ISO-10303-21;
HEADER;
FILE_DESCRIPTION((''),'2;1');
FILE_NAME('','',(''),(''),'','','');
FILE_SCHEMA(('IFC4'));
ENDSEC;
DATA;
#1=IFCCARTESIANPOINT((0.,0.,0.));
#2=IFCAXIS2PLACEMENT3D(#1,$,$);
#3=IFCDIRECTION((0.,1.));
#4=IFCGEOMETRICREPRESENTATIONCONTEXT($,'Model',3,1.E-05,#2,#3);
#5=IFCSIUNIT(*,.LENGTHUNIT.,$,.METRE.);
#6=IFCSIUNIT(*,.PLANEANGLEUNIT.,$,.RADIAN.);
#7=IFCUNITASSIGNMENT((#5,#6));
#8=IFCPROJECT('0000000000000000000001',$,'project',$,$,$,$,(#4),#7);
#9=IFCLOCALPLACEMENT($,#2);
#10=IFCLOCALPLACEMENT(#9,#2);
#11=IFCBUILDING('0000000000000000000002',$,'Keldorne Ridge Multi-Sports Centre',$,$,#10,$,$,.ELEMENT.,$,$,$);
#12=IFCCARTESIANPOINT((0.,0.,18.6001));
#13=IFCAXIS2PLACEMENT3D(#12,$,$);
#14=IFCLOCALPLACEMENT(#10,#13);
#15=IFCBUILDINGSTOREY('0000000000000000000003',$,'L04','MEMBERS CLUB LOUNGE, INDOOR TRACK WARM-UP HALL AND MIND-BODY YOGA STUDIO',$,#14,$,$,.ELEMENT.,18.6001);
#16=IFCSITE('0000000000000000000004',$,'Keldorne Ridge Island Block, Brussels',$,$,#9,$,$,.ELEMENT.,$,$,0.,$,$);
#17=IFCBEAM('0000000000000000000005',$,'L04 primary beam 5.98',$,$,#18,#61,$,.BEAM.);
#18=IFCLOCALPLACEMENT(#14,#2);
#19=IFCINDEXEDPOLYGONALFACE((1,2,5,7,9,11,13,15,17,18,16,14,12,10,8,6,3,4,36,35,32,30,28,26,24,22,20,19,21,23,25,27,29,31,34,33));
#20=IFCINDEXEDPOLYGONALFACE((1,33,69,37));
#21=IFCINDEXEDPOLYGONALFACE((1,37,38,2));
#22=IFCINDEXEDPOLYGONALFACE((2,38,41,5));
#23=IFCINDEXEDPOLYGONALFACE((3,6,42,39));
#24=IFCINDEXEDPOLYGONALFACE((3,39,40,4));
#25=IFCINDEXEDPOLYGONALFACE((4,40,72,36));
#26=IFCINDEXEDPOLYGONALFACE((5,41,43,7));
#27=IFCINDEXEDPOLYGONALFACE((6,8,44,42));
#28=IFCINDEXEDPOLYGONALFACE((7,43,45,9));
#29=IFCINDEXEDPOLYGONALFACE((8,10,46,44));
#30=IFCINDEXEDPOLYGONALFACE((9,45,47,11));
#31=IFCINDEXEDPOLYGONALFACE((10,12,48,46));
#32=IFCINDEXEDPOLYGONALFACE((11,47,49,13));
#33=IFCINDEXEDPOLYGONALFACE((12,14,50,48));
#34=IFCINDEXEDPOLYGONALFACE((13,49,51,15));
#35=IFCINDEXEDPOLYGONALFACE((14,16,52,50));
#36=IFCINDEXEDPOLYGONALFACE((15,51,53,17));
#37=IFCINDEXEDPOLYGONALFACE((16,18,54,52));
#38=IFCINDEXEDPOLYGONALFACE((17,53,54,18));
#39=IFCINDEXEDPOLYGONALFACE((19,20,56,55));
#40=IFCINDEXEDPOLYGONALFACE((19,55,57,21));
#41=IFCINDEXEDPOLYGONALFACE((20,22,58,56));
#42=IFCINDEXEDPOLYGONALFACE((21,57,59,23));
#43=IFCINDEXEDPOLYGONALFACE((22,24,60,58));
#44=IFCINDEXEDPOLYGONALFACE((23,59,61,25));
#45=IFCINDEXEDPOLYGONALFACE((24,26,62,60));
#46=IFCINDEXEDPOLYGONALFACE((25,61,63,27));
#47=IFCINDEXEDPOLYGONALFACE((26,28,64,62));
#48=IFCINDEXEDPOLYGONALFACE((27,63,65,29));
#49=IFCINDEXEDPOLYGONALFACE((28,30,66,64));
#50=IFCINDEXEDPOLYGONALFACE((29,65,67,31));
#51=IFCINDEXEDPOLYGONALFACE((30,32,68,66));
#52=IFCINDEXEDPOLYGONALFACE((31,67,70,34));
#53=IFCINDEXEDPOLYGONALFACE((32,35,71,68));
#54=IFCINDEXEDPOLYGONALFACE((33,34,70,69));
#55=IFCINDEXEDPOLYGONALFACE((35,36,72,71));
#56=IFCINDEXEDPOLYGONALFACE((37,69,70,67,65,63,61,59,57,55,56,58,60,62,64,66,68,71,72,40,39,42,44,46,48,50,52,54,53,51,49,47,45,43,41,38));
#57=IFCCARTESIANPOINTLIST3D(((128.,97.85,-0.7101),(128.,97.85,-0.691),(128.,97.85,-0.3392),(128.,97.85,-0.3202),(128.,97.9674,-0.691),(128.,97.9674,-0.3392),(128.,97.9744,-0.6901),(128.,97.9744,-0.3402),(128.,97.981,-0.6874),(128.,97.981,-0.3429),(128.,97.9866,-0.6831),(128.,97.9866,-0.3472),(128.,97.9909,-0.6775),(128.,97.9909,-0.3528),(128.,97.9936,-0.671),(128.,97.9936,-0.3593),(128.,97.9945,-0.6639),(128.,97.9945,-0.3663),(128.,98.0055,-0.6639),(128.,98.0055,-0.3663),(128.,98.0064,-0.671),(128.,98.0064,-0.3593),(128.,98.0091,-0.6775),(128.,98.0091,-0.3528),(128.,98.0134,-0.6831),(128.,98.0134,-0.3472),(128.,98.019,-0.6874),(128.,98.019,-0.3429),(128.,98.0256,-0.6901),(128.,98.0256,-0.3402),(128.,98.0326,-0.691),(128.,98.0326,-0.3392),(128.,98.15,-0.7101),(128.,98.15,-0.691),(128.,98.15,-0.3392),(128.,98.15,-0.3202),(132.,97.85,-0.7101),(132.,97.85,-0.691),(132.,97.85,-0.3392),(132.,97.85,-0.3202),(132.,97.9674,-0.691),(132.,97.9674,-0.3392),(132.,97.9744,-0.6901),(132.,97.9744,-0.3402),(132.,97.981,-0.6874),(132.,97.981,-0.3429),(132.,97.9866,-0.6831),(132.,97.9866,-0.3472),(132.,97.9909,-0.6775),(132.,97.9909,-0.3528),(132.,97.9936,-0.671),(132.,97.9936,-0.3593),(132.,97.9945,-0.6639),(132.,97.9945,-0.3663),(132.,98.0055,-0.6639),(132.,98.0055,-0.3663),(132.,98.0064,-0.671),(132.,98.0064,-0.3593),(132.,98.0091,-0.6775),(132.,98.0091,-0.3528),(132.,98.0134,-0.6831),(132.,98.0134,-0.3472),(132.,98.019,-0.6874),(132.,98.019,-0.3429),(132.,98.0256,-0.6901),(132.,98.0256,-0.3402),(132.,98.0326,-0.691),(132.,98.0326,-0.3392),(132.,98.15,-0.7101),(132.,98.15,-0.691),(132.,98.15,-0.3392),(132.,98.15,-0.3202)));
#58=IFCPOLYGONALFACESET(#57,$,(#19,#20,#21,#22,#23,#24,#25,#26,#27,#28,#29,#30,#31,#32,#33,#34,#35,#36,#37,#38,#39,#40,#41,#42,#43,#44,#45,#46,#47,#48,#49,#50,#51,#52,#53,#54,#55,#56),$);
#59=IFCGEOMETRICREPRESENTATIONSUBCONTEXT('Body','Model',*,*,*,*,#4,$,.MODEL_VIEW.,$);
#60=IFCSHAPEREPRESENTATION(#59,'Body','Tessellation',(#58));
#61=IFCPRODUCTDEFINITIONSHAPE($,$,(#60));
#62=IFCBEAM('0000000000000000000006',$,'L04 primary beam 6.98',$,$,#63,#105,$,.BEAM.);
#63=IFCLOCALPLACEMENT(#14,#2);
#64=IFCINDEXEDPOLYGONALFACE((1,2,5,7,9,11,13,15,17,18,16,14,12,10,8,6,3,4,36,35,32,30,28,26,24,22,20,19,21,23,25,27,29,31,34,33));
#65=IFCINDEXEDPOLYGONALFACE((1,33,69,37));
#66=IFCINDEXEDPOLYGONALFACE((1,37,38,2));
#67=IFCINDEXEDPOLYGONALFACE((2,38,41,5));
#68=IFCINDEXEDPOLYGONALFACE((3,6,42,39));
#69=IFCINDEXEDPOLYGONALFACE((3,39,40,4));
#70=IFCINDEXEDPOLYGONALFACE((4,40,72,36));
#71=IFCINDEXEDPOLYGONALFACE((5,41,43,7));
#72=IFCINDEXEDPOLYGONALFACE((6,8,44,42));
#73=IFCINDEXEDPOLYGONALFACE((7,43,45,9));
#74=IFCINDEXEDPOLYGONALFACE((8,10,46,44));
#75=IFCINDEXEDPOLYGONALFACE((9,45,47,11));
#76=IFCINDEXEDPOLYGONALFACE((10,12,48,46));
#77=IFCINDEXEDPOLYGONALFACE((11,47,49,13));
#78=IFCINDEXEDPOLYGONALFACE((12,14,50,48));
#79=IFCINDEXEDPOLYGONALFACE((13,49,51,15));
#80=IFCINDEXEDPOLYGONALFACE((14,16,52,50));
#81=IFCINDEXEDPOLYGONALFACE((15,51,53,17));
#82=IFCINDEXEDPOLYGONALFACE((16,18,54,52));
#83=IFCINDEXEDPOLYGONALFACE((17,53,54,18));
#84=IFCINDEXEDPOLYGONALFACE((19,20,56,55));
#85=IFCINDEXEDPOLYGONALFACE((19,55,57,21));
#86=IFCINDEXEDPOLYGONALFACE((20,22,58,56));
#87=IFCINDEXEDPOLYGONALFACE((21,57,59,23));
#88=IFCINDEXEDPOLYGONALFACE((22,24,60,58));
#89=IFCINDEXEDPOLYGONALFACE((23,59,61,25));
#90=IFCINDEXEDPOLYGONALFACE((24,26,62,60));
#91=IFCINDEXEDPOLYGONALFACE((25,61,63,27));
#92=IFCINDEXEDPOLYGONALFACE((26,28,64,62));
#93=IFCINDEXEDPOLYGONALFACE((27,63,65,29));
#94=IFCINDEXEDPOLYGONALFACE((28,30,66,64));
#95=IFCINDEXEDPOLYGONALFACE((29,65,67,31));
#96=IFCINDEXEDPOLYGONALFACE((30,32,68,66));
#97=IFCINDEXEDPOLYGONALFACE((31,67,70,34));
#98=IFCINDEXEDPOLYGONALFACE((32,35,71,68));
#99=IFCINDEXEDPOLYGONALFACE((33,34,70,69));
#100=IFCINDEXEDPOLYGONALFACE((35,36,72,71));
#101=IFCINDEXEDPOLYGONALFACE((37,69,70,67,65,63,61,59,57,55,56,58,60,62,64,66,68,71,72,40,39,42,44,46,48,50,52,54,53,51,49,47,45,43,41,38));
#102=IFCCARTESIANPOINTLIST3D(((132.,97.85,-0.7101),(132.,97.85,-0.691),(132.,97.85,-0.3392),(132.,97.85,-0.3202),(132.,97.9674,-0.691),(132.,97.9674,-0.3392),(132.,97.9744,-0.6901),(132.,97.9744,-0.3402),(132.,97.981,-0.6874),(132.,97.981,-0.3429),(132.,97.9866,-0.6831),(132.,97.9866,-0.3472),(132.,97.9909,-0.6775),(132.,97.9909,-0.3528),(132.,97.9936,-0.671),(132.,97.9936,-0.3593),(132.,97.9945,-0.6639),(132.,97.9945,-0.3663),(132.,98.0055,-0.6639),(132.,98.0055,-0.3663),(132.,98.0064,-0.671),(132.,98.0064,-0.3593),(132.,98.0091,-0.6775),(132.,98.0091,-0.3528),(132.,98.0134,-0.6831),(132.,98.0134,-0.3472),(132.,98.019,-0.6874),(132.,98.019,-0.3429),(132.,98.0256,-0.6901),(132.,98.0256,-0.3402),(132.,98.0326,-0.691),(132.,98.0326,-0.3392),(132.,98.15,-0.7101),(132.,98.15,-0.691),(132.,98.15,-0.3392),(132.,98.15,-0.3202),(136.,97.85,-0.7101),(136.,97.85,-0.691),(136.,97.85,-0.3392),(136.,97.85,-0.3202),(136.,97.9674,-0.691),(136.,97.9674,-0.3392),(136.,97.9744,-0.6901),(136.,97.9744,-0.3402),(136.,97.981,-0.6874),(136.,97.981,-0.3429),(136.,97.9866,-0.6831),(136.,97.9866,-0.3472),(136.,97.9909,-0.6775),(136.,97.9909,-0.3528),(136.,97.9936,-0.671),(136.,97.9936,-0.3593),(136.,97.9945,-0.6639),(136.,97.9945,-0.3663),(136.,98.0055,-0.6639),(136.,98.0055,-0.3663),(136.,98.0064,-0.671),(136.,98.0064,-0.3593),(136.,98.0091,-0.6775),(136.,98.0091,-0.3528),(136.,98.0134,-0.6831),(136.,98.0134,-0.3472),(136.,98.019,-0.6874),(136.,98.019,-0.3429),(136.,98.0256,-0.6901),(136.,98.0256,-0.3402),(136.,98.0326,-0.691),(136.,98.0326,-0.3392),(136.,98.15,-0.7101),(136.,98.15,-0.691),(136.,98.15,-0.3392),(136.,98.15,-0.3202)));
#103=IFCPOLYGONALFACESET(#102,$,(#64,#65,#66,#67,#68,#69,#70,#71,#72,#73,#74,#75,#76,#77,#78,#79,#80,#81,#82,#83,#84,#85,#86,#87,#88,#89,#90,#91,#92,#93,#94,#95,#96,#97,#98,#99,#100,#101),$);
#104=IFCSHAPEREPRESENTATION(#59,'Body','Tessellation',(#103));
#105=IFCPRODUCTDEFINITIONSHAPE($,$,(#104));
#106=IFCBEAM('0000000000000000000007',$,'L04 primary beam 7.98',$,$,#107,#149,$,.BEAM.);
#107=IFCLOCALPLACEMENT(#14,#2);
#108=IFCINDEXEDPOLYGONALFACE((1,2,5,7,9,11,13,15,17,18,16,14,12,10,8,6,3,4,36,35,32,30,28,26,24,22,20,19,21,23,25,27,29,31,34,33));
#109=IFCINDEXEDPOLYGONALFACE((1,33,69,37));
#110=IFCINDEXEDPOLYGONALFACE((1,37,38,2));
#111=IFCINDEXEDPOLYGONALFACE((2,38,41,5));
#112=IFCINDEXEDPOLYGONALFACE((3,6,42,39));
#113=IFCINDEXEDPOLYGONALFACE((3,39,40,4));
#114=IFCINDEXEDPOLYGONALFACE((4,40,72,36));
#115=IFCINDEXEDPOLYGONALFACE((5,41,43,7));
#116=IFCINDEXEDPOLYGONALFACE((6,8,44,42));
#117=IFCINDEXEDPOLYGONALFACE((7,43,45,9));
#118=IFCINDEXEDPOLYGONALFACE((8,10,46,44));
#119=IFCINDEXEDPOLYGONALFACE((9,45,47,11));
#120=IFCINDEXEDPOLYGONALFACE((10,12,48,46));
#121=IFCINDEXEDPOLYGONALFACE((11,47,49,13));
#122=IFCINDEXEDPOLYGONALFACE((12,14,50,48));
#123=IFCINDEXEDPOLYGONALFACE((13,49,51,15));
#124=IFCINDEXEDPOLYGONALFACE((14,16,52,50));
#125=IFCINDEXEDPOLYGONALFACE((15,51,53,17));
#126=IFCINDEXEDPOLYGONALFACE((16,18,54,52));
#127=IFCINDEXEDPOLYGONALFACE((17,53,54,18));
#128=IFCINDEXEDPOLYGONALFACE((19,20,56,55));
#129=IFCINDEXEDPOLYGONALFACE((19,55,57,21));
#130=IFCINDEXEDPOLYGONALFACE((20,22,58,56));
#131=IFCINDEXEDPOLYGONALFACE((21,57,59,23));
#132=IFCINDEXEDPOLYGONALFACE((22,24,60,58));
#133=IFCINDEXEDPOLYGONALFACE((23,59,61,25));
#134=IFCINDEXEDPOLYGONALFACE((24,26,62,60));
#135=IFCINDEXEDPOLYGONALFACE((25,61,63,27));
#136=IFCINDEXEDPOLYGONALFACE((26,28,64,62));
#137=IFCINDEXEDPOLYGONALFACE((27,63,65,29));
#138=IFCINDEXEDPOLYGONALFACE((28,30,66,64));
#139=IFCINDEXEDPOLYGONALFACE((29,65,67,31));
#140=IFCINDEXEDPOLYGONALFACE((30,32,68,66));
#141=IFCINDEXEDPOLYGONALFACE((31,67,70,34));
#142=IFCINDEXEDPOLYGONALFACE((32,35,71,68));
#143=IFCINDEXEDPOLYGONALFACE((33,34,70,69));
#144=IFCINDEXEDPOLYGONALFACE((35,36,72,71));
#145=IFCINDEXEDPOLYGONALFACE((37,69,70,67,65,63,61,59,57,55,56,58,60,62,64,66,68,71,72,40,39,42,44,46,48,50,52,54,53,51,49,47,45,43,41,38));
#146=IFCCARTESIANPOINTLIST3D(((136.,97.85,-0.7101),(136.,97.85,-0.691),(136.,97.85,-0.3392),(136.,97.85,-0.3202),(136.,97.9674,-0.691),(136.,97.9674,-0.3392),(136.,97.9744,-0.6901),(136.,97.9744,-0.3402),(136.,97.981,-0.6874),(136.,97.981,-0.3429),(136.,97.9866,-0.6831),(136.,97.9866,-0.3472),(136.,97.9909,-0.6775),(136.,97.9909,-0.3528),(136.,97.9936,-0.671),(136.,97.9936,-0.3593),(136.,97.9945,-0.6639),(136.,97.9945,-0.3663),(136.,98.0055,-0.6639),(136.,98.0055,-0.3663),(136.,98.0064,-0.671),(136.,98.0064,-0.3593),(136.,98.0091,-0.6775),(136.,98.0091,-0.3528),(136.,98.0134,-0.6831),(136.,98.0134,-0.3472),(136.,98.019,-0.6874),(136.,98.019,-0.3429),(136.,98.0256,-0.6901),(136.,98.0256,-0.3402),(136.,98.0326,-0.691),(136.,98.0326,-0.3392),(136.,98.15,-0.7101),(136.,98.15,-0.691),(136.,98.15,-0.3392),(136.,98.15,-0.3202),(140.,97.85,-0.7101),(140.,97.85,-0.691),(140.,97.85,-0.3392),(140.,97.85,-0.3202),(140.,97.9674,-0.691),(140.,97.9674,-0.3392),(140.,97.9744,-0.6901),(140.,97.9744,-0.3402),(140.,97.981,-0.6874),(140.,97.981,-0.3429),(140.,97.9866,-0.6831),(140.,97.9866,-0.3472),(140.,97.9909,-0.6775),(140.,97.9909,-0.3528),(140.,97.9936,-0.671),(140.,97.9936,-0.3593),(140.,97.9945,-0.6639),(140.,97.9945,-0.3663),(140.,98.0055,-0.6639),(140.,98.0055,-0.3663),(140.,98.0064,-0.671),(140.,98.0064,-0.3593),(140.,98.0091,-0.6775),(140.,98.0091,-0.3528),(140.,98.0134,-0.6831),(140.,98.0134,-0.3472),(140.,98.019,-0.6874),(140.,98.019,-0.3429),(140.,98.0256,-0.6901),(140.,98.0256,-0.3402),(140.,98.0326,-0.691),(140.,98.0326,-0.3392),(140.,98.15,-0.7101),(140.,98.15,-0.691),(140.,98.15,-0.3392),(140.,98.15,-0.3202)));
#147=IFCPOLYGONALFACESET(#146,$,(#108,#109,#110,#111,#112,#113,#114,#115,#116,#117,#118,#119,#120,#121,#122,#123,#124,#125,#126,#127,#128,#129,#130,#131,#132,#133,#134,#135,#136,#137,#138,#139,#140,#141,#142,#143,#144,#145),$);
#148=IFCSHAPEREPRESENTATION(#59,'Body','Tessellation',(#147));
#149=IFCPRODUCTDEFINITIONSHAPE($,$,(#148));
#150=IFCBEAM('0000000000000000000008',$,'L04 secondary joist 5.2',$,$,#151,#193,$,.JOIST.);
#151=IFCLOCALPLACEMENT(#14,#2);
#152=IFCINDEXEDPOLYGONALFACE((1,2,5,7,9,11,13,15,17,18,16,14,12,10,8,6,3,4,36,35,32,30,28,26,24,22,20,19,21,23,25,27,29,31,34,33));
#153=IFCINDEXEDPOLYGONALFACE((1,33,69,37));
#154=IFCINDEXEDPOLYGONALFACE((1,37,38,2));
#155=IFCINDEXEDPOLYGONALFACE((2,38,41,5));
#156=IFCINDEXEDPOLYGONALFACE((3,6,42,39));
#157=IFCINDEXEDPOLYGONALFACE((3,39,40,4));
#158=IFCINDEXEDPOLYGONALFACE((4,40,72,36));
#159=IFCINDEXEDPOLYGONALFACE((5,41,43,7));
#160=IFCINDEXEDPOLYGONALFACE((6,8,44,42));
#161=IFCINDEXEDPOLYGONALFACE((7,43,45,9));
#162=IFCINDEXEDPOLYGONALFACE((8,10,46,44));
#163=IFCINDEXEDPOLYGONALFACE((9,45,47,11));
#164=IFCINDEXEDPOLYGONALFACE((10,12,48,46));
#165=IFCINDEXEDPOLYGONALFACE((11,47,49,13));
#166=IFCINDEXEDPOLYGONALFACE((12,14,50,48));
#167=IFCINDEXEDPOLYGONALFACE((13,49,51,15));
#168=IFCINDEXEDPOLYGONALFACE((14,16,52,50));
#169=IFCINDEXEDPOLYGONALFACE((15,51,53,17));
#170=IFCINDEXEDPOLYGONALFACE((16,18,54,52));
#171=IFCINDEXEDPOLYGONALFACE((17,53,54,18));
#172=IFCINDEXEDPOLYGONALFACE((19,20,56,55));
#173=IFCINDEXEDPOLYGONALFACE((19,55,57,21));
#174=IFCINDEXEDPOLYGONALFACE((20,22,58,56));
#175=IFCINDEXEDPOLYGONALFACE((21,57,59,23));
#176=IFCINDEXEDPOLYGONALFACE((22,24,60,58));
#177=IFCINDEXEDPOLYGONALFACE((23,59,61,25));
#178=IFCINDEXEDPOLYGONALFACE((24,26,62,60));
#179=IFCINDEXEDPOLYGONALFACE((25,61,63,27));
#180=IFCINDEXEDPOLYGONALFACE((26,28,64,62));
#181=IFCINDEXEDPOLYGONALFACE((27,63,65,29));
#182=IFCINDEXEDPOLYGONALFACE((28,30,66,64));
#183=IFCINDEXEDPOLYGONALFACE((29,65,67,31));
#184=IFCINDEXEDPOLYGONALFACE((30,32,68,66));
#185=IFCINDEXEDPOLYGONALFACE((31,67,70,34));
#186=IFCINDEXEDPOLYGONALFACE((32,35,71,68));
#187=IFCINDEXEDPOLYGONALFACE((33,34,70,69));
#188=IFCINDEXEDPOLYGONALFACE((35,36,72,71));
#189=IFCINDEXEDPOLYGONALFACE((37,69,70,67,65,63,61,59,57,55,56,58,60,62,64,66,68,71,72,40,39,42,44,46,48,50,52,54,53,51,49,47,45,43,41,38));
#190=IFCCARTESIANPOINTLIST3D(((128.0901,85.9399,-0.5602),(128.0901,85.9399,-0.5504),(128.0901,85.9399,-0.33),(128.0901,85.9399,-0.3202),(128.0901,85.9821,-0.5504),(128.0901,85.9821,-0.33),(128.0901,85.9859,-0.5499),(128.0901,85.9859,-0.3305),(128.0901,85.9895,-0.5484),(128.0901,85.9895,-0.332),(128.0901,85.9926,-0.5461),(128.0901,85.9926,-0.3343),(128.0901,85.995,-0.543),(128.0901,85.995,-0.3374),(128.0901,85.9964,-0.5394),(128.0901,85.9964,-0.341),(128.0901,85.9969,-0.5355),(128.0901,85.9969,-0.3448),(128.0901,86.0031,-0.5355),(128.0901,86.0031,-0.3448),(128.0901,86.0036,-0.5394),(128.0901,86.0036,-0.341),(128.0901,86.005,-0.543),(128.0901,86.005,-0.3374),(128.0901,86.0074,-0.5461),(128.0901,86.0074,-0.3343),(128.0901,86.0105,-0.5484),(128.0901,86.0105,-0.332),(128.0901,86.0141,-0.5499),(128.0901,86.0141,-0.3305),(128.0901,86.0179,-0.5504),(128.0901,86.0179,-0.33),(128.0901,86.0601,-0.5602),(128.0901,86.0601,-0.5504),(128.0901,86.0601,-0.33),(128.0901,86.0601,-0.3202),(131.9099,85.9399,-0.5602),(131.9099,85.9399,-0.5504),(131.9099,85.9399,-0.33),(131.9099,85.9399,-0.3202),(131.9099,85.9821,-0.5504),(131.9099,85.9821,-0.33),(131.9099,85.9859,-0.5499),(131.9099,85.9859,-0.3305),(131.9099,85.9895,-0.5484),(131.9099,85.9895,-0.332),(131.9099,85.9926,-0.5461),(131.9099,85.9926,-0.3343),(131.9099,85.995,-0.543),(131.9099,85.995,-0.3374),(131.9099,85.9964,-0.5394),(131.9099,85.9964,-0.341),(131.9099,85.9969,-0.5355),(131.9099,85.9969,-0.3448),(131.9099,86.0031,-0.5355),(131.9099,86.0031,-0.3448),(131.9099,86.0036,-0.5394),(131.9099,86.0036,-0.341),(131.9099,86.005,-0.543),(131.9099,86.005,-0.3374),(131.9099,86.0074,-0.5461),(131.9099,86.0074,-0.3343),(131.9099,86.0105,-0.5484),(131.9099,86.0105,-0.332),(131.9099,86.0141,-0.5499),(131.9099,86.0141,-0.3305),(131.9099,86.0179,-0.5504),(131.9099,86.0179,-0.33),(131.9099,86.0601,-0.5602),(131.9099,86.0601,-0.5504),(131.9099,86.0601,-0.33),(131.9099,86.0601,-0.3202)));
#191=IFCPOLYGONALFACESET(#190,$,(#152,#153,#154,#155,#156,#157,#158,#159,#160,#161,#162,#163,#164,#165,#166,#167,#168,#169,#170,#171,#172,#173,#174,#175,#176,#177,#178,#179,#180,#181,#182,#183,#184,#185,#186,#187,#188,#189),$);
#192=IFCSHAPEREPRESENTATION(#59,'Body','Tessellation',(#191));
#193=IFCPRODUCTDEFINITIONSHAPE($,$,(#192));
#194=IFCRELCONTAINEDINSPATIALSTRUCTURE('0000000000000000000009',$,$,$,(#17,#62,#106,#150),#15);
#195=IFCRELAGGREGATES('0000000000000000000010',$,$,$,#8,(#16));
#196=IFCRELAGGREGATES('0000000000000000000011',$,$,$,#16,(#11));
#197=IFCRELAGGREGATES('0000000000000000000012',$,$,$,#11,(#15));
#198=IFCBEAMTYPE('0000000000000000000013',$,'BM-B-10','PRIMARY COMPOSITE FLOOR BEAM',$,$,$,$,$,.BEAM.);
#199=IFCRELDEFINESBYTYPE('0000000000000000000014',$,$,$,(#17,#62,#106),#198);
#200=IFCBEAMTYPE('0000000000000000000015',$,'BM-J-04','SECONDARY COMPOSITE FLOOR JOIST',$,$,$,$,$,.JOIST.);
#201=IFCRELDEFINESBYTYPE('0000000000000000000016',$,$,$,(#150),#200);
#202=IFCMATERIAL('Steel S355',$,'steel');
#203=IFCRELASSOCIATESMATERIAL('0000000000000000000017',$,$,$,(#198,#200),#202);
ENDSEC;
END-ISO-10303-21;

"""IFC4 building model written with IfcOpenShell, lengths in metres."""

from ifc_helpers import new_model, si_unit, direction, frame, origin, origin_2d, place, context, subcontext, project, spatial, i_section, extrude, material, material_profile, profile_set, type_object, element, save


model = new_model("IFC4")

# Units and contexts
model_context = context("Model", 3, precision=1e-05, world=origin(), true_north=direction((0.0, 1.0)))
body_context = subcontext(model_context, "Body", "Model", "MODEL_VIEW")
ifc_project = project(units=[si_unit("LENGTHUNIT", "METRE"), si_unit("PLANEANGLEUNIT", "RADIAN")], contexts=[model_context])

# Site, building, storey
site_placement = place(None, origin())
site = spatial("IfcSite", under=ifc_project, at=site_placement, Name="Keldorne Ridge Island Block, Brussels", CompositionType="ELEMENT", RefElevation=0.0)
building_placement = place(site_placement, origin())
building = spatial("IfcBuilding", under=site, at=building_placement, Name="Keldorne Ridge Multi-Sports Centre", CompositionType="ELEMENT")
storey_placement = place(building_placement, frame((0.0, 0.0, 18.6001)))
storey = spatial("IfcBuildingStorey", under=building, at=storey_placement, Name="L04", Description="MEMBERS CLUB LOUNGE, INDOOR TRACK WARM-UP HALL AND MIND-BODY YOGA STUDIO", CompositionType="ELEMENT", Elevation=18.6001)

# Shared definitions
ifc_material_1 = material(Name="Steel S355", Category="steel")

# Beams
ifc_material_profile_1 = material_profile(ifc_material_1, i_section(OverallWidth=0.3, OverallDepth=0.3899, WebThickness=0.011, FlangeThickness=0.019, FilletRadius=0.0271, at=origin_2d()), Name="HEA 400")
ifc_profile_set_1 = profile_set([ifc_material_profile_1], Name="Steel S355")
beam_type_1 = type_object("IfcBeamType", Name="BM-B-10", Description="PRIMARY COMPOSITE FLOOR BEAM", PredefinedType="BEAM", material=ifc_profile_set_1)
for number, where, z_axis, x_axis, name in (
    (1, (128.0, 98.0, -0.5151), (1.0, 0.0, 0.0), (0.0, 1.0, 0.0), "L04 primary beam 5.98"),
    (2, (132.0, 98.0, -0.5151), (1.0, 0.0, 0.0), (0.0, 1.0, 0.0), "L04 primary beam 6.98"),
    (3, (136.0, 98.0, -0.5151), (1.0, 0.0, 0.0), (0.0, 1.0, 0.0), "L04 primary beam 7.98"),
):
    element("IfcBeam", number, at=place(storey_placement, frame(where, z_axis=z_axis, x_axis=x_axis)), inside=storey, type_object=beam_type_1, Name=name, PredefinedType="BEAM", context=body_context, shape_type="SweptSolid", body=[
        extrude(i_section(OverallWidth=0.3, OverallDepth=0.3899, WebThickness=0.011, FlangeThickness=0.019, FilletRadius=0.0271, at=origin_2d()), origin(), (0.0, 0.0, 1.0), 4.0),
    ])
ifc_material_profile_2 = material_profile(ifc_material_1, i_section(OverallWidth=0.1201, OverallDepth=0.24, WebThickness=0.0061, FlangeThickness=0.0098, FilletRadius=0.0149, at=origin_2d()), Name="IPE 240")
ifc_profile_set_2 = profile_set([ifc_material_profile_2], Name="Steel S355")
beam_type_2 = type_object("IfcBeamType", Name="BM-J-04", Description="SECONDARY COMPOSITE FLOOR JOIST", PredefinedType="JOIST", material=ifc_profile_set_2)
for number, where, z_axis, x_axis, name in (
    (4, (128.0901, 86.0, -0.4402), (1.0, 0.0, 0.0), (0.0, 1.0, 0.0), "L04 secondary joist 5.2"),
):
    element("IfcBeam", number, at=place(storey_placement, frame(where, z_axis=z_axis, x_axis=x_axis)), inside=storey, type_object=beam_type_2, Name=name, PredefinedType="JOIST", context=body_context, shape_type="SweptSolid", body=[
        extrude(i_section(OverallWidth=0.1201, OverallDepth=0.24, WebThickness=0.0061, FlangeThickness=0.0098, FilletRadius=0.0149, at=origin_2d()), origin(), (0.0, 0.0, 1.0), 3.8198),
    ])

save(model, "model.ifc")
